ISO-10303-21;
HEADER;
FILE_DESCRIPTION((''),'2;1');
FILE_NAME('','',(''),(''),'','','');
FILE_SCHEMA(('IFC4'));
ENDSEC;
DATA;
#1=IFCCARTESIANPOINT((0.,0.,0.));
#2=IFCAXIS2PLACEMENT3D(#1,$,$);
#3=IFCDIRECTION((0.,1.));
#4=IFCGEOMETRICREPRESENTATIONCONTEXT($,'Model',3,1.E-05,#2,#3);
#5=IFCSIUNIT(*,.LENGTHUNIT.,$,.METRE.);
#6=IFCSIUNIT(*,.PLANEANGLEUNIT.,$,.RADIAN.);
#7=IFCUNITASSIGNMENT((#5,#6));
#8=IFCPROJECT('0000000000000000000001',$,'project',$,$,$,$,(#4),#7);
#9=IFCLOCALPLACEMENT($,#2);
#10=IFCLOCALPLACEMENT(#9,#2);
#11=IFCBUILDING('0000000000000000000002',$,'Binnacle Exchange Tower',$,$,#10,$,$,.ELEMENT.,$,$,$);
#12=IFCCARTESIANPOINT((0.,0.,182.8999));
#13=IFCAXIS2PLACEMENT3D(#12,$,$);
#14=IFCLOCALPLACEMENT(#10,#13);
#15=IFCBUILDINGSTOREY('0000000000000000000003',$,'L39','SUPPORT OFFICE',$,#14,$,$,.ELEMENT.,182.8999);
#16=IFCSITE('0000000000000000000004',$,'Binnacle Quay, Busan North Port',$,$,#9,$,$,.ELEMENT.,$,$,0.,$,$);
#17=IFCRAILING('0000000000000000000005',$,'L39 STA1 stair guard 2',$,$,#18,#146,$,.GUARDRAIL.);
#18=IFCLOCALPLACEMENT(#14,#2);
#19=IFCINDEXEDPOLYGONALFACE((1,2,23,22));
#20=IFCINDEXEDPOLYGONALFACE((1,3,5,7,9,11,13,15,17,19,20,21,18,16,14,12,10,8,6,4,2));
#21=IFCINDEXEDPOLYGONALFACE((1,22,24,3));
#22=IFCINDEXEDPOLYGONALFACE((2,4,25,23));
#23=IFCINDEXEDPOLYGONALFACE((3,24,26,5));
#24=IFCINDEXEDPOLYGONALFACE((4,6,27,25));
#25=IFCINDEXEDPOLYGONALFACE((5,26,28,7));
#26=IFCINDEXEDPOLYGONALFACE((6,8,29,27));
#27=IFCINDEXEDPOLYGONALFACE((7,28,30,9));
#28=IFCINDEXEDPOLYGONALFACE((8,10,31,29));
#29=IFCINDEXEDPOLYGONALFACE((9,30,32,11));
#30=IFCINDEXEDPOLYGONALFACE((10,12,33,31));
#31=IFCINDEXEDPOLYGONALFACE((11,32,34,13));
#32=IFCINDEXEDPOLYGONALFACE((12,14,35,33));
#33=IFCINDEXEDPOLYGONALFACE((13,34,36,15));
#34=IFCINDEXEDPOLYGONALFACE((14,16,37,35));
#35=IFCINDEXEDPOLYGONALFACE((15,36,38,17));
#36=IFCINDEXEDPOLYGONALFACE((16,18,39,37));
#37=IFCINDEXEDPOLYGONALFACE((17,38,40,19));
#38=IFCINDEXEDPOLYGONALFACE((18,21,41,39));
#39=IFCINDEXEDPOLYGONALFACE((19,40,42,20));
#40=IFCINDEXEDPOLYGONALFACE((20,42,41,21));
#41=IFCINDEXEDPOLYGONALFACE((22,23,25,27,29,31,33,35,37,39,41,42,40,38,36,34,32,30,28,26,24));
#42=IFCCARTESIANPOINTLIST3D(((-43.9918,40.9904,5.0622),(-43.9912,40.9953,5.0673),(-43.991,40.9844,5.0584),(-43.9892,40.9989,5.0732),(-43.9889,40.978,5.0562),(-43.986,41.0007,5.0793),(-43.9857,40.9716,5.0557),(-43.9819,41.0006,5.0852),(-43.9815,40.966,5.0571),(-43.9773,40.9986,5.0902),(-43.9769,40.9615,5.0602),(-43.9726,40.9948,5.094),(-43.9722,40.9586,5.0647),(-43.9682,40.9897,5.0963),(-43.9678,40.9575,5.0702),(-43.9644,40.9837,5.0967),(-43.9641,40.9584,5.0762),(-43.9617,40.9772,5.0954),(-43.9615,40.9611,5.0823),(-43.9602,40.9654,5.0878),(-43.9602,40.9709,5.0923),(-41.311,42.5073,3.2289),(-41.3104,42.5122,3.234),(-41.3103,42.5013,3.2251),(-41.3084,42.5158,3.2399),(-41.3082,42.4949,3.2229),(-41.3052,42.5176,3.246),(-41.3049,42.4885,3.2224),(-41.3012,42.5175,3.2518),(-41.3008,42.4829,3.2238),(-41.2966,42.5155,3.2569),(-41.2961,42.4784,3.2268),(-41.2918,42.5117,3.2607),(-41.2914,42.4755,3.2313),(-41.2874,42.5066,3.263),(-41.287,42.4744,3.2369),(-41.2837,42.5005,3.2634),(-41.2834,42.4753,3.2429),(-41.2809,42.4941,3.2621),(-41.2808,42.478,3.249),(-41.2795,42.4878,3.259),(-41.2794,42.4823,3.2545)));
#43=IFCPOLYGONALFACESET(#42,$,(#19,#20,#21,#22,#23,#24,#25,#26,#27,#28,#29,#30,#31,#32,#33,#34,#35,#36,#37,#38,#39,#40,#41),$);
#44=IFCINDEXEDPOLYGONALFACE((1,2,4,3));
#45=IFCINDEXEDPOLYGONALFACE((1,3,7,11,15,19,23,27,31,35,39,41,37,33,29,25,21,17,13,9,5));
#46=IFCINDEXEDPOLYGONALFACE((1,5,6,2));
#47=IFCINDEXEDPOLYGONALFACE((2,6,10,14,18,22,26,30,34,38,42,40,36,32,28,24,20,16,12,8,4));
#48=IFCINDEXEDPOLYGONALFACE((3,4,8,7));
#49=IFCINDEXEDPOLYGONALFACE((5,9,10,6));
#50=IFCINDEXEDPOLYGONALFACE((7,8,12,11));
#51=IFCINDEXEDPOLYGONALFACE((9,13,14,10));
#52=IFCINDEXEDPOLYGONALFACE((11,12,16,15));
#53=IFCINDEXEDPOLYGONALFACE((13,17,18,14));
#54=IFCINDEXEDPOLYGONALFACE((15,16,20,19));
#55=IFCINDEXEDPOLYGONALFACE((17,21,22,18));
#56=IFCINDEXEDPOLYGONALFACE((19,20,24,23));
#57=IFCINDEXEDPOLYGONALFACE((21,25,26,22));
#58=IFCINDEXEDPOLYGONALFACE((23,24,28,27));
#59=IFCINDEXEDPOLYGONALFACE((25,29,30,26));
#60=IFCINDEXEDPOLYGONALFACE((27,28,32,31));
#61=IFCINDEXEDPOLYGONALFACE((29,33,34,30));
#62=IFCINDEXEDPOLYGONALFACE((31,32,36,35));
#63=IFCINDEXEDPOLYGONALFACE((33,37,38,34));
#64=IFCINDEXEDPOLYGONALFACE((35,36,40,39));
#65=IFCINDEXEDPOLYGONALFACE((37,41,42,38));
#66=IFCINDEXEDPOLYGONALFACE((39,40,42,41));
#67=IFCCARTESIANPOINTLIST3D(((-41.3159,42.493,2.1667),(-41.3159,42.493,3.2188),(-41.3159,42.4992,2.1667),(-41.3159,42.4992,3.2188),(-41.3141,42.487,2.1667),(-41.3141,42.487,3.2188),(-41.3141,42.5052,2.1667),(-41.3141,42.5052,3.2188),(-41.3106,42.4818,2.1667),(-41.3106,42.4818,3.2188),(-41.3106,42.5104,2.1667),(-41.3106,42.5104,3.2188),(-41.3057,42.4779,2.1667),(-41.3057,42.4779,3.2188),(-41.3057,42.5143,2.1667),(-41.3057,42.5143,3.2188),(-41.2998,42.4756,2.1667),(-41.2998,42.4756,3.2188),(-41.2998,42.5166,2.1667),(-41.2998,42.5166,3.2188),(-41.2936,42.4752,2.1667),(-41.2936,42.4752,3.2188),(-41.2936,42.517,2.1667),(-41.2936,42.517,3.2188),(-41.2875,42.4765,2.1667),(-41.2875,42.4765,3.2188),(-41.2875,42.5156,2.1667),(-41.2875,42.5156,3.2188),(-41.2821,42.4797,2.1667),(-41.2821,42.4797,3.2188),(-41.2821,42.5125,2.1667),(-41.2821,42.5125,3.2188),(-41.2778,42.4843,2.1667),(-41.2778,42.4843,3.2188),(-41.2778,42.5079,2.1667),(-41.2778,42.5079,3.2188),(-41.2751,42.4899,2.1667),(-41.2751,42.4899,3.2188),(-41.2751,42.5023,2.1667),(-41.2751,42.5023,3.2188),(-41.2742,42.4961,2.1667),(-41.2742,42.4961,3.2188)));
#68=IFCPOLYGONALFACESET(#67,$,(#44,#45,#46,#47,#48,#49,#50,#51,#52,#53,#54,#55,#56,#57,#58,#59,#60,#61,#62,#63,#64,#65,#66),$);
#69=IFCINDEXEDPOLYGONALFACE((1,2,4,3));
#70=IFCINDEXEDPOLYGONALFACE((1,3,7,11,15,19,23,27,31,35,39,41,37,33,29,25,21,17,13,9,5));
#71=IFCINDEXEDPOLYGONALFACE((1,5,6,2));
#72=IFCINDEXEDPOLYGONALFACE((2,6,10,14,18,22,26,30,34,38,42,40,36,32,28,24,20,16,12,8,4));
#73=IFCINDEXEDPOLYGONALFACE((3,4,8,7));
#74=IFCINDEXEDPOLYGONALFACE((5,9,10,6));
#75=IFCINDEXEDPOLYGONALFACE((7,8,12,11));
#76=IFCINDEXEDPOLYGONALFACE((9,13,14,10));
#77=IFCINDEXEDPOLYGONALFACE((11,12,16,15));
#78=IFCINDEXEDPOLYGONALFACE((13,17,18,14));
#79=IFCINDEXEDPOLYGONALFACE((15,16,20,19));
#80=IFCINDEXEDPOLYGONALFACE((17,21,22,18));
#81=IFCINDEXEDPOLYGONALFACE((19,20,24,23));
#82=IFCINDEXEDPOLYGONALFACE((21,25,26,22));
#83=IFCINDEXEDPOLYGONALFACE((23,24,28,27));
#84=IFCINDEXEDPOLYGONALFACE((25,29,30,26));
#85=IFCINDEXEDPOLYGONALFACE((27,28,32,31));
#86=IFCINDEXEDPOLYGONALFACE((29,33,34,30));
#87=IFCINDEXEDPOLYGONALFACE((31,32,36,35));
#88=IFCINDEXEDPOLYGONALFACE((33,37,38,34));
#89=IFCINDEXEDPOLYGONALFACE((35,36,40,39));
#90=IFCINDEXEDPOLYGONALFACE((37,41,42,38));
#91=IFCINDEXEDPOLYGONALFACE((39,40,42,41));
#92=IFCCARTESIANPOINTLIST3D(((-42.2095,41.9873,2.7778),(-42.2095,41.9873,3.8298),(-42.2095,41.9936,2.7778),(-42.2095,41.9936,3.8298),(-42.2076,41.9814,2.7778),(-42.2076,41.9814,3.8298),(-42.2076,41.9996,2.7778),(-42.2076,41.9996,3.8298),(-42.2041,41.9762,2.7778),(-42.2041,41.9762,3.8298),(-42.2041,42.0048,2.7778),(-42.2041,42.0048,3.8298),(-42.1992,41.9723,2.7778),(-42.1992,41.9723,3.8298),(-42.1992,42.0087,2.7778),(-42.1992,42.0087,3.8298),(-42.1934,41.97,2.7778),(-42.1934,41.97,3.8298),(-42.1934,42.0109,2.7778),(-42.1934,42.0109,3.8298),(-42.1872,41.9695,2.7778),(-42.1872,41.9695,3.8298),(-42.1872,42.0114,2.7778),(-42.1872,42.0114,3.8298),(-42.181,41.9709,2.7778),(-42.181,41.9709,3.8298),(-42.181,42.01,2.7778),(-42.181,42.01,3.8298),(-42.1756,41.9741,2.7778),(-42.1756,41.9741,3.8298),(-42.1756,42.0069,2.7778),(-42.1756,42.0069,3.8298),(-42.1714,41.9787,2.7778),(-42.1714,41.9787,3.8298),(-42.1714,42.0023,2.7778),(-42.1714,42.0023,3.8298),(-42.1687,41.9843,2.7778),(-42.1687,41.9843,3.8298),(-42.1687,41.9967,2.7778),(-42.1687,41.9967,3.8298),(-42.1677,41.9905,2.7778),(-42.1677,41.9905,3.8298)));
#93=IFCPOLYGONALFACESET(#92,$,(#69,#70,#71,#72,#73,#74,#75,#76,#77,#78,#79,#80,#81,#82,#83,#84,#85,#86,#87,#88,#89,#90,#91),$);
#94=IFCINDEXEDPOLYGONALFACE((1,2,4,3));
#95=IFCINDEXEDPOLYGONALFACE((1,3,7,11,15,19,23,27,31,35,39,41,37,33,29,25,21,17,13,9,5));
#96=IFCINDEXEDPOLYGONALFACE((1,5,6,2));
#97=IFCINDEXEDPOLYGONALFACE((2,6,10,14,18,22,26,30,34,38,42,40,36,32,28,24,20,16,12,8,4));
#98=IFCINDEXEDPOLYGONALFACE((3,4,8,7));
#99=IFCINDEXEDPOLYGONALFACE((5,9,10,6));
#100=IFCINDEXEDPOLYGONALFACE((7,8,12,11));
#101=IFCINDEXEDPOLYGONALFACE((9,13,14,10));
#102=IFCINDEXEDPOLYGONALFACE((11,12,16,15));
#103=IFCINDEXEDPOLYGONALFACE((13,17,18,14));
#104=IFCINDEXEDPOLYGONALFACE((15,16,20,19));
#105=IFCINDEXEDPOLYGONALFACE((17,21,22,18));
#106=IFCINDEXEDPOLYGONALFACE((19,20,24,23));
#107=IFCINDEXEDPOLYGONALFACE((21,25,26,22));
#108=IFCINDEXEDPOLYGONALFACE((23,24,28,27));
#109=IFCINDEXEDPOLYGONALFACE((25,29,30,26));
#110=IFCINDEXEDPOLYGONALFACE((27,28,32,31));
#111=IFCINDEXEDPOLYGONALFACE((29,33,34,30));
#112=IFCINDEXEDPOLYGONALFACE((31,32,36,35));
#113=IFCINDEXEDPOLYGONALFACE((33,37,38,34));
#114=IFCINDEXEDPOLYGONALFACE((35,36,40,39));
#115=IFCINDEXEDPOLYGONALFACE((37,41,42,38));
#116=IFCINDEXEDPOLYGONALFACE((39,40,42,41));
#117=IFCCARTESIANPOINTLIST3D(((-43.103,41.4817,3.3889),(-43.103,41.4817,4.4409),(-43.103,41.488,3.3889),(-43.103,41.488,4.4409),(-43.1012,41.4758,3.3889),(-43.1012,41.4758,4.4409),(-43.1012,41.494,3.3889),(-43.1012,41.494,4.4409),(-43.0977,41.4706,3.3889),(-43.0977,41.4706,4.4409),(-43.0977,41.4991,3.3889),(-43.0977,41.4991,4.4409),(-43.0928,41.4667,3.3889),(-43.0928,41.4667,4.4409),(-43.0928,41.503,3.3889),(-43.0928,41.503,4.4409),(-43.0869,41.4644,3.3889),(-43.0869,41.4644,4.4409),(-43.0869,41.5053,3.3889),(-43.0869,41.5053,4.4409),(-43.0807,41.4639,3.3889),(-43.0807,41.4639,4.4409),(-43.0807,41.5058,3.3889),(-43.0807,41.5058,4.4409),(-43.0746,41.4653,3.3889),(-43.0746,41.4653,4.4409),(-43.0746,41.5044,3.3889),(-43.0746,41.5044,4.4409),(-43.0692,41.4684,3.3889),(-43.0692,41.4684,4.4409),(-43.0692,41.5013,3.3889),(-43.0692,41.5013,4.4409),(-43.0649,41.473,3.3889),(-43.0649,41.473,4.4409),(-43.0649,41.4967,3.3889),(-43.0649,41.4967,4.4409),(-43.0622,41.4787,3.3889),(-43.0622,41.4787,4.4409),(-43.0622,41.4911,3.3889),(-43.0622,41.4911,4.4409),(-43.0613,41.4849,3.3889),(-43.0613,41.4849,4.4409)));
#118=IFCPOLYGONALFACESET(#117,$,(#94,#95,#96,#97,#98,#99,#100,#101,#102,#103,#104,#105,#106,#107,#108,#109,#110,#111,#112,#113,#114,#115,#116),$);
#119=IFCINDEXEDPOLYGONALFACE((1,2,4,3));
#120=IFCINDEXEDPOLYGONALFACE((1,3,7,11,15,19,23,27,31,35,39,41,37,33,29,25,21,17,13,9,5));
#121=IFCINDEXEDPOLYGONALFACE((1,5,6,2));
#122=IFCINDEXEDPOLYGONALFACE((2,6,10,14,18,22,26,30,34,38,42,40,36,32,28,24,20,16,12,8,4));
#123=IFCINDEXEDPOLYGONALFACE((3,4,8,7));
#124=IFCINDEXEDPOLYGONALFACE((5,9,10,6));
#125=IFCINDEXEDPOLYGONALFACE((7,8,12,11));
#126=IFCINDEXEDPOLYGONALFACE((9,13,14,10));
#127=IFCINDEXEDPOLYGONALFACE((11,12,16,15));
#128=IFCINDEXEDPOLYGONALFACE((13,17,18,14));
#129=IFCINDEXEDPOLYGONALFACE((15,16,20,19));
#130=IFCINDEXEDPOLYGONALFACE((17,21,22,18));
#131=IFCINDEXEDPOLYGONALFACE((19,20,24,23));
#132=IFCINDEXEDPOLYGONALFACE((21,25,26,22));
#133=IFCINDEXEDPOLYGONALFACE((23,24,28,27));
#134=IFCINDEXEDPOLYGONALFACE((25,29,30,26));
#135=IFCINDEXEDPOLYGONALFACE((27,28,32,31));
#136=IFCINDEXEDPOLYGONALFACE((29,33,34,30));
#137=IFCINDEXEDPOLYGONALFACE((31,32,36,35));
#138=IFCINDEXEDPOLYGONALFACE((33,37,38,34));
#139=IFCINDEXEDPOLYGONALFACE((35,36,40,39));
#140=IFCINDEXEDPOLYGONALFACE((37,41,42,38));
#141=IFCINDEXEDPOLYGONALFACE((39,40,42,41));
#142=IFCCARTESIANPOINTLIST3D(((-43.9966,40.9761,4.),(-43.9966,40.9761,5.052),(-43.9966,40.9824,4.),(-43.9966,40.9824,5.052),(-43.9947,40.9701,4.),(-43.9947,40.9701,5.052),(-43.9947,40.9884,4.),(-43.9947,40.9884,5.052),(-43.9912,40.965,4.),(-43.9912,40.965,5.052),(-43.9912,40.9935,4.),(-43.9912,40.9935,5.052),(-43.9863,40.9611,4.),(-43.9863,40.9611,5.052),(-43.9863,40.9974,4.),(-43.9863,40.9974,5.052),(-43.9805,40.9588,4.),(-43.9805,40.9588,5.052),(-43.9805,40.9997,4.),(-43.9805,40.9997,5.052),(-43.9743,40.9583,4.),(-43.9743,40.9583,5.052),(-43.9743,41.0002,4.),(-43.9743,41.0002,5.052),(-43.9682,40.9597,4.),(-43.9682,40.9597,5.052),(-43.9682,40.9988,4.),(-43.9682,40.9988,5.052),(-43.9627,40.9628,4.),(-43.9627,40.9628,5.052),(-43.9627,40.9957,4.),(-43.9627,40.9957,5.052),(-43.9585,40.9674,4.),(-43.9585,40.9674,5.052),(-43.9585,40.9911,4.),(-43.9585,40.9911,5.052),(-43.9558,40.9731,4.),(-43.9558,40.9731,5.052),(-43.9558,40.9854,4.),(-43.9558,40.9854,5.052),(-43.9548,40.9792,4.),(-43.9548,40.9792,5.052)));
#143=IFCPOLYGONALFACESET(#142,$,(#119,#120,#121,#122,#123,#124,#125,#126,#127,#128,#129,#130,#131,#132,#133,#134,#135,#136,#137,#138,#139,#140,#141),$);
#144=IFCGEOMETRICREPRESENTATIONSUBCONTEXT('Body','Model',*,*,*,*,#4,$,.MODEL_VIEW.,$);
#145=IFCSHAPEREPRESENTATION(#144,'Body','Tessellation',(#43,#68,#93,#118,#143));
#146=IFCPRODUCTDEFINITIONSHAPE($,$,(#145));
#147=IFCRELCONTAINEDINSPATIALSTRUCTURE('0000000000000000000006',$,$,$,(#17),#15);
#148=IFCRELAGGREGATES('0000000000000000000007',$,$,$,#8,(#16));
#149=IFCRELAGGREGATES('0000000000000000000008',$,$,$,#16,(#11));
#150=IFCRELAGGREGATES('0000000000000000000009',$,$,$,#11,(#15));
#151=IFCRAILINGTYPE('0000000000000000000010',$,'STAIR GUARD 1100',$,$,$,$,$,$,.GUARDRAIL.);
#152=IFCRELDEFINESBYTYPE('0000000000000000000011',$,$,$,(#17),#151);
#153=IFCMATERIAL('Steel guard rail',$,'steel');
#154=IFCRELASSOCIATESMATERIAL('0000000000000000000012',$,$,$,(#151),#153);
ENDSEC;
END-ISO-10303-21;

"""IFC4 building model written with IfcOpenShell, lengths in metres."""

from ifc_helpers import new_model, si_unit, direction, frame, origin, origin_2d, place, context, subcontext, project, spatial, circle, extrude, material, type_object, element, save


model = new_model("IFC4")

# Units and contexts
model_context = context("Model", 3, precision=1e-05, world=origin(), true_north=direction((0.0, 1.0)))
body_context = subcontext(model_context, "Body", "Model", "MODEL_VIEW")
ifc_project = project(units=[si_unit("LENGTHUNIT", "METRE"), si_unit("PLANEANGLEUNIT", "RADIAN")], contexts=[model_context])

# Site, building, storey
site_placement = place(None, origin())
site = spatial("IfcSite", under=ifc_project, at=site_placement, Name="Binnacle Quay, Busan North Port", CompositionType="ELEMENT", RefElevation=0.0)
building_placement = place(site_placement, origin())
building = spatial("IfcBuilding", under=site, at=building_placement, Name="Binnacle Exchange Tower", CompositionType="ELEMENT")
storey_placement = place(building_placement, frame((0.0, 0.0, 182.8999)))
storey = spatial("IfcBuildingStorey", under=building, at=storey_placement, Name="L39", Description="SUPPORT OFFICE", CompositionType="ELEMENT", Elevation=182.8999)

# Railing
ifc_material_1 = material(Name="Steel guard rail", Category="steel")
railing_type = type_object("IfcRailingType", Name="STAIR GUARD 1100", PredefinedType="GUARDRAIL", material=ifc_material_1)
railing_1_placement = place(storey_placement, frame((-41.2952, 42.4961, 2.1667)))
element("IfcRailing", 1, at=railing_1_placement, inside=storey, type_object=railing_type, Name="L39 STA1 stair guard 2", PredefinedType="GUARDRAIL", context=body_context, shape_type="SweptSolid", body=[
    extrude(circle(Radius=0.0239, at=origin_2d()), frame((0.0, 0.0, 1.0762), z_axis=(-0.747879, -0.423185, 0.51146), x_axis=(0.492472, -0.870328, 0.0)), (0.0, 0.0, 1.0), 3.5845),
    extrude(circle(Radius=0.021, at=origin_2d()), origin(), (0.0, 0.0, 1.0), 1.052),
    extrude(circle(Radius=0.021, at=origin_2d()), frame((-0.8936, -0.5056, 0.6111)), (0.0, 0.0, 1.0), 1.052),
    extrude(circle(Radius=0.021, at=origin_2d()), frame((-1.7871, -1.0112, 1.2222)), (0.0, 0.0, 1.0), 1.052),
    extrude(circle(Radius=0.021, at=origin_2d()), frame((-2.6807, -1.5168, 1.8333)), (0.0, 0.0, 1.0), 1.052),
])

save(model, "model.ifc")
